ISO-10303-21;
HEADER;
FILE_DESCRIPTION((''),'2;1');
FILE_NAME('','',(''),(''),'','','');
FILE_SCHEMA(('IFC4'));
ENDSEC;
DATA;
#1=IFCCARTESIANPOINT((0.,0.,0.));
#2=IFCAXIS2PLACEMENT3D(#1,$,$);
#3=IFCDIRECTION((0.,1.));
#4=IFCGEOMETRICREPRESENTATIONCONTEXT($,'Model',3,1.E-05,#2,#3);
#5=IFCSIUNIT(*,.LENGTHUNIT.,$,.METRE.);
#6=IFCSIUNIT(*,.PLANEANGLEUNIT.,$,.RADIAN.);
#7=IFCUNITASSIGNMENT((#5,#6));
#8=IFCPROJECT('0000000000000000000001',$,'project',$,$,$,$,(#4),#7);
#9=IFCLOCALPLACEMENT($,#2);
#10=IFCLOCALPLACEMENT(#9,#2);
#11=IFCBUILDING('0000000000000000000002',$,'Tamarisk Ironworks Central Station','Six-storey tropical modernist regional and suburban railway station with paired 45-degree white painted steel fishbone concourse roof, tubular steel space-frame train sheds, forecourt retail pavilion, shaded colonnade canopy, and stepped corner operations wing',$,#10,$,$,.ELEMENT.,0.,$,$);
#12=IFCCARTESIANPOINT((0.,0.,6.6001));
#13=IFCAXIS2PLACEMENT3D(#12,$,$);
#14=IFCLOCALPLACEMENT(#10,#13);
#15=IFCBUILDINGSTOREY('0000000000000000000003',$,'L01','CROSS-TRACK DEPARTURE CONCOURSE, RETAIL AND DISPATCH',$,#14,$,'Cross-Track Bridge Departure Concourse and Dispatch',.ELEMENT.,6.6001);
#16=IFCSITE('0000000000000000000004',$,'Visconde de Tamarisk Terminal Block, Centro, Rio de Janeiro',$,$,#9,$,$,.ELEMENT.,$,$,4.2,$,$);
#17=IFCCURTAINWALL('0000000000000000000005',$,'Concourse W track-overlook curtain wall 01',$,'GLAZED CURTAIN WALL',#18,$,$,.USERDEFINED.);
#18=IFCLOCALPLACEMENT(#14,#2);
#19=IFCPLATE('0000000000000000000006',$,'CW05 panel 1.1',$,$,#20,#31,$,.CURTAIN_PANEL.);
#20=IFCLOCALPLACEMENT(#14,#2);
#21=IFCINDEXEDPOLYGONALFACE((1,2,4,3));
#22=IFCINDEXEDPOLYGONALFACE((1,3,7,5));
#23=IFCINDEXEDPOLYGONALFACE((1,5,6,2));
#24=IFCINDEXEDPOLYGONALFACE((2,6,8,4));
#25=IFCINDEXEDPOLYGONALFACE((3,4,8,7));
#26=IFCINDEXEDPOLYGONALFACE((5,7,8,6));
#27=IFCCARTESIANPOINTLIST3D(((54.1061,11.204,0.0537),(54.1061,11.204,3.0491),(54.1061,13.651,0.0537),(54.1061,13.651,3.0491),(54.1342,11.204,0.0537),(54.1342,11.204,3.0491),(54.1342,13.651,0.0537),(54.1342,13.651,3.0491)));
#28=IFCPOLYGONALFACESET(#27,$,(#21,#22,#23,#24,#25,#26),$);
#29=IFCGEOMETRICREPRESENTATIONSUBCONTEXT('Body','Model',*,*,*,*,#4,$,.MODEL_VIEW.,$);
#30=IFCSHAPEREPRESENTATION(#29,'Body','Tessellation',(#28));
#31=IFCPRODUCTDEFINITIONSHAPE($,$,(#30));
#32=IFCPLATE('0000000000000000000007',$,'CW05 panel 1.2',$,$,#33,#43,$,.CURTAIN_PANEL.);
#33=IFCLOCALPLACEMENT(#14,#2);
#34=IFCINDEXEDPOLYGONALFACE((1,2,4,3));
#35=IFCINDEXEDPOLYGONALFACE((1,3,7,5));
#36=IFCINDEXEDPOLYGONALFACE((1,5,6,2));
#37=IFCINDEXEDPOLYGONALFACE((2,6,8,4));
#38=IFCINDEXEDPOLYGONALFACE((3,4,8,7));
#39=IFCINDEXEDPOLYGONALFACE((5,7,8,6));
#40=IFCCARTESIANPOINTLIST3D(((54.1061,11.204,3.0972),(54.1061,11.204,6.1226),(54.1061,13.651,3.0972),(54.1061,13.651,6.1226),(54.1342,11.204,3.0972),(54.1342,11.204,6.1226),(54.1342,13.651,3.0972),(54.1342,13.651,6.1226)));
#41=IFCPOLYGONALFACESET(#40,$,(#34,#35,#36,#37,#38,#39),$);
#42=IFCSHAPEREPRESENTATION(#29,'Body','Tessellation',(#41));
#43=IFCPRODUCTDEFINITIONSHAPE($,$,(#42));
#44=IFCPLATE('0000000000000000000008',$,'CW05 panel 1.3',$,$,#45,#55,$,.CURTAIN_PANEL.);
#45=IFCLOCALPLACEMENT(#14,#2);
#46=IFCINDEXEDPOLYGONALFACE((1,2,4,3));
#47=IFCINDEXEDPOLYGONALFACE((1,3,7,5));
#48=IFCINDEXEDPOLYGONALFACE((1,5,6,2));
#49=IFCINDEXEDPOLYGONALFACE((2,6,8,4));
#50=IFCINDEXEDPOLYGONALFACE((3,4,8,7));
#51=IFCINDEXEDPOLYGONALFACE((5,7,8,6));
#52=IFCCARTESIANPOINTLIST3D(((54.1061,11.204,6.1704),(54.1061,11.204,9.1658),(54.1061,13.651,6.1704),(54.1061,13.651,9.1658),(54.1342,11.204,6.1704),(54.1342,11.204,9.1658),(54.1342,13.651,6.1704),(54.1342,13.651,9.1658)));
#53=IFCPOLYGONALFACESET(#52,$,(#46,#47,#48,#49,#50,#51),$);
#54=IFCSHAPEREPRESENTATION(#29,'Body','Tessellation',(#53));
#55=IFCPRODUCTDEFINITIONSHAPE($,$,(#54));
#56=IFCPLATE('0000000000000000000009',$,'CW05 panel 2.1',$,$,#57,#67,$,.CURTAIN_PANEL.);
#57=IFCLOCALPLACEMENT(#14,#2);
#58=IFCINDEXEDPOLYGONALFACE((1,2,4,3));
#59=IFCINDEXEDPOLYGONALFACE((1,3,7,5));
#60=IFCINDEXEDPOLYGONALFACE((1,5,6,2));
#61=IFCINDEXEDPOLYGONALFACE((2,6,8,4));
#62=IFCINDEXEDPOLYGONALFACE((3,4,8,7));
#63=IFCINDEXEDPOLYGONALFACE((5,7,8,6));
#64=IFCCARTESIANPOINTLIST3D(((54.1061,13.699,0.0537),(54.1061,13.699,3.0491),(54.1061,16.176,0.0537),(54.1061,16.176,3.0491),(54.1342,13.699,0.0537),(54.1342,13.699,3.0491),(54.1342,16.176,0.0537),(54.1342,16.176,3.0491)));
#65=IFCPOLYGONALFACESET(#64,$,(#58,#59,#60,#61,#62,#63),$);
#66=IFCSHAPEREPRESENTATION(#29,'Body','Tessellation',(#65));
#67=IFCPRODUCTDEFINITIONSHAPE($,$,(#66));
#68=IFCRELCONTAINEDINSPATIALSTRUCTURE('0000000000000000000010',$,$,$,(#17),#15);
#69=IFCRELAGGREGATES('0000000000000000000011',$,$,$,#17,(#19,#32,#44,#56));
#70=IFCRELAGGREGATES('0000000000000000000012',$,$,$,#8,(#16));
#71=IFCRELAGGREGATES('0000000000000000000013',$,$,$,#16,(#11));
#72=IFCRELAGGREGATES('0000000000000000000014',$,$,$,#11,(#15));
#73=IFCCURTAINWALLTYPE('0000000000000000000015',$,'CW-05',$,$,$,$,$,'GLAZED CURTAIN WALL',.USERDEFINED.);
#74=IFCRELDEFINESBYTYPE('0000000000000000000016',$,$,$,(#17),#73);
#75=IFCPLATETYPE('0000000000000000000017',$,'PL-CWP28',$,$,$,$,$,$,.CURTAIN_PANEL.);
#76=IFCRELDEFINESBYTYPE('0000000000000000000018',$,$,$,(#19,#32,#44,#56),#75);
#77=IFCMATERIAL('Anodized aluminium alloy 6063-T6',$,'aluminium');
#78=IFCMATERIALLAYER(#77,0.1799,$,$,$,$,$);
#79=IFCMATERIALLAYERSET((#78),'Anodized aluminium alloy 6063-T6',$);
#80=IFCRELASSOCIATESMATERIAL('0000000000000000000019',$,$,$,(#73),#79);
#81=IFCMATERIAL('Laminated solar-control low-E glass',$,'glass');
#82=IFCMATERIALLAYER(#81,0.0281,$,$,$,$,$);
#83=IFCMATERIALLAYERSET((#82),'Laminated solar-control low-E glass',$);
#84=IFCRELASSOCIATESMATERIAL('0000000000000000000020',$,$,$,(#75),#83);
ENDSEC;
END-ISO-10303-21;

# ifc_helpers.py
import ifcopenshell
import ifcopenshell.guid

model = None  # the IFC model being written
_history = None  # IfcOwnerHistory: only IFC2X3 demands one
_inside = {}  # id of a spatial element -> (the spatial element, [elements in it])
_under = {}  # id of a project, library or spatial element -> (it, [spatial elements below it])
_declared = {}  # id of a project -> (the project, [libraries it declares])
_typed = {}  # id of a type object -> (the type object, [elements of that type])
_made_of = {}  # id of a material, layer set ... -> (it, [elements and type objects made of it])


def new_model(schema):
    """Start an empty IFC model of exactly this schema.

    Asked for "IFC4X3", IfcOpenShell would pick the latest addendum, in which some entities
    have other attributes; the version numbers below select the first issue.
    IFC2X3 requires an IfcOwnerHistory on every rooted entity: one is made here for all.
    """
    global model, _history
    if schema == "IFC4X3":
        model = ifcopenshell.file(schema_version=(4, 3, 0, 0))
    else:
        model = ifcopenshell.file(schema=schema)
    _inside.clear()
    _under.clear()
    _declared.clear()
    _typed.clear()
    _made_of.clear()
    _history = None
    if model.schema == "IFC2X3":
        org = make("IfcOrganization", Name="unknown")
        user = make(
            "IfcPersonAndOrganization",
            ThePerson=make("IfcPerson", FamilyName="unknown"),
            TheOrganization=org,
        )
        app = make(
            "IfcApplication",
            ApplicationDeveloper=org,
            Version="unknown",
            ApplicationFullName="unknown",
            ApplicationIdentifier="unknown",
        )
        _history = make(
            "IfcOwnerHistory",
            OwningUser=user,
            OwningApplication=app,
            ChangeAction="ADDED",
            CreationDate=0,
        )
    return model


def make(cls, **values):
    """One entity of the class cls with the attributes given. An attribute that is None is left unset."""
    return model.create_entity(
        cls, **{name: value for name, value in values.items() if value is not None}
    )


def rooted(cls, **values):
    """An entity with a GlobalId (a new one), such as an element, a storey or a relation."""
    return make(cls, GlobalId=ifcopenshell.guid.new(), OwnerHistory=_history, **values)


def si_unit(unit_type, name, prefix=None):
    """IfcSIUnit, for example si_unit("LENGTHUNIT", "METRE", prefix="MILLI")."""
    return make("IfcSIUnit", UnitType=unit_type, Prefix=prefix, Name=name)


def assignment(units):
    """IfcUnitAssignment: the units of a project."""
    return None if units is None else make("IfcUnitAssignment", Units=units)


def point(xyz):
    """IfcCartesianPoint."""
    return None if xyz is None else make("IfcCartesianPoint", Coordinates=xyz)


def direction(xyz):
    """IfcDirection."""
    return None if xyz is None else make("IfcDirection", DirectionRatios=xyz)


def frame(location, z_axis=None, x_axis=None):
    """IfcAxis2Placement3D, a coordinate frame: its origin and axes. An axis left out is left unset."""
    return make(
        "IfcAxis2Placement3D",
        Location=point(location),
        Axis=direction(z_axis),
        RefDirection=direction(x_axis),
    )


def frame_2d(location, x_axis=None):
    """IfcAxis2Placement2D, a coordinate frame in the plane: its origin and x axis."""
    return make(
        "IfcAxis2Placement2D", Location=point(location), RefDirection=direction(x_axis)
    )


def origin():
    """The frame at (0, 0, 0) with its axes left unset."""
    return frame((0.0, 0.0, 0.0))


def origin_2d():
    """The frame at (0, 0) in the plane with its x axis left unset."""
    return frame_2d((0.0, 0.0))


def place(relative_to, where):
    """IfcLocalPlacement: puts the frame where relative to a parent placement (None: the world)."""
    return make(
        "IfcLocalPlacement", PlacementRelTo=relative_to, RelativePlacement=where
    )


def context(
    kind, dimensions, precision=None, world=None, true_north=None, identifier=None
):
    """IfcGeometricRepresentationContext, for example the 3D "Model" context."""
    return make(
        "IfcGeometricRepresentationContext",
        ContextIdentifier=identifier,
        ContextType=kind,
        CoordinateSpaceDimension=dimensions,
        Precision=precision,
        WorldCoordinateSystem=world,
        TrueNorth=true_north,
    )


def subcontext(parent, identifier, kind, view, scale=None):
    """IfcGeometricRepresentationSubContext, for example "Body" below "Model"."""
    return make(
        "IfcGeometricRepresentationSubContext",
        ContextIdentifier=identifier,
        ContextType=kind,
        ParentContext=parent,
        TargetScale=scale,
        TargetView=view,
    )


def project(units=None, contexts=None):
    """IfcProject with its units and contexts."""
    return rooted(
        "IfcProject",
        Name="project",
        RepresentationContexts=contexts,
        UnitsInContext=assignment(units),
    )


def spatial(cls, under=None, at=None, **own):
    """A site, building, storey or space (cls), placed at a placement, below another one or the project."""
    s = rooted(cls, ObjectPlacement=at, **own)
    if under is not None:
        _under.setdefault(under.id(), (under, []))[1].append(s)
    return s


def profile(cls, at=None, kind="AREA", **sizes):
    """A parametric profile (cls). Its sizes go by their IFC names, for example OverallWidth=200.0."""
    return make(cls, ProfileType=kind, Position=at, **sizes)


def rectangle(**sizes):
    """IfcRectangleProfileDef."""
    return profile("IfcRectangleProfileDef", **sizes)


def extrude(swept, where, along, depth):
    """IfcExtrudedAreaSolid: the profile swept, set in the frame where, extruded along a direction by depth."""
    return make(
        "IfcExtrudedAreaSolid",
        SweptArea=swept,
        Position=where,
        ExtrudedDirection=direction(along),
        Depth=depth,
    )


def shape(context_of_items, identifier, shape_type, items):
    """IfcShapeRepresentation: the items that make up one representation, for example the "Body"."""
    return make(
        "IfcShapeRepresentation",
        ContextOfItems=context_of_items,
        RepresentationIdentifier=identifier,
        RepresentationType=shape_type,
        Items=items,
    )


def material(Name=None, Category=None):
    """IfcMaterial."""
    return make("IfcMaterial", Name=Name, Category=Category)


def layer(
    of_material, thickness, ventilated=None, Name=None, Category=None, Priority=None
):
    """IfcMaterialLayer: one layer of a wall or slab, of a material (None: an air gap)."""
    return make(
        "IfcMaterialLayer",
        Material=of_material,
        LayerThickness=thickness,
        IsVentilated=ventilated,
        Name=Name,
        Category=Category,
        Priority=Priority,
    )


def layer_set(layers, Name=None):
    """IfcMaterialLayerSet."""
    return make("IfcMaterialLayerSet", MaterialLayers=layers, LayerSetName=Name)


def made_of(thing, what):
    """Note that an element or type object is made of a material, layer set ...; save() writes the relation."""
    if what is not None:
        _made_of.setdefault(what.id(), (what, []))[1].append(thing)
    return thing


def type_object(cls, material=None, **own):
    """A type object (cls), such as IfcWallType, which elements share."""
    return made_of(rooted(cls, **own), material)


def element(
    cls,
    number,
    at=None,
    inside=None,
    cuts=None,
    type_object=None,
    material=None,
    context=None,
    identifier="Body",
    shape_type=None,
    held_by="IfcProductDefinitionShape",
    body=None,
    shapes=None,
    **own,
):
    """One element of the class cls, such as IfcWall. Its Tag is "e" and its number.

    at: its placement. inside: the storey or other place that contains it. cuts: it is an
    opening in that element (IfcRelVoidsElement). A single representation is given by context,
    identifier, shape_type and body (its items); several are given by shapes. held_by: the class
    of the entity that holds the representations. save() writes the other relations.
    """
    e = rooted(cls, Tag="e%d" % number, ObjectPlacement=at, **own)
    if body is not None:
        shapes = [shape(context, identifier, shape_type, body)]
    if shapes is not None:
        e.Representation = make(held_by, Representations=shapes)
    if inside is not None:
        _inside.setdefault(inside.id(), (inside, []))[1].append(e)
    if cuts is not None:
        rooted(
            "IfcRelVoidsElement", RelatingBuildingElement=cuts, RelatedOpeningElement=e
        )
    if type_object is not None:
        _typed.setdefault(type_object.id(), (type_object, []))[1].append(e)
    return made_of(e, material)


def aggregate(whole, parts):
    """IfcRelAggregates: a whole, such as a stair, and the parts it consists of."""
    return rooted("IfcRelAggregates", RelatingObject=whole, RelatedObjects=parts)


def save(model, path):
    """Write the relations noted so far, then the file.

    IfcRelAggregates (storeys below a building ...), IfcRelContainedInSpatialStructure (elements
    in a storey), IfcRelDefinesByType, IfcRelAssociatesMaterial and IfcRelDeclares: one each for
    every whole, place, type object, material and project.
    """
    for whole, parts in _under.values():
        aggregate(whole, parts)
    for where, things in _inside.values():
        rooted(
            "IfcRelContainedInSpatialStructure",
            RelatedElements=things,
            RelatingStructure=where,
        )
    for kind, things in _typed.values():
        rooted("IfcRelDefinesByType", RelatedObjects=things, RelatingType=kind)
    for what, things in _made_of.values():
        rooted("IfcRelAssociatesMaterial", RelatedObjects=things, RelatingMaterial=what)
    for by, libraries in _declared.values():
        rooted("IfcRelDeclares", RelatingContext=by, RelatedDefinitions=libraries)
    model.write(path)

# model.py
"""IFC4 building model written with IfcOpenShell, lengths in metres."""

from ifc_helpers import new_model, si_unit, direction, frame, origin, origin_2d, place, context, subcontext, project, spatial, rectangle, extrude, material, layer, layer_set, type_object, element, aggregate, save


model = new_model("IFC4")

# Units and contexts
model_context = context("Model", 3, precision=1e-05, world=origin(), true_north=direction((0.0, 1.0)))
body_context = subcontext(model_context, "Body", "Model", "MODEL_VIEW")
ifc_project = project(units=[si_unit("LENGTHUNIT", "METRE"), si_unit("PLANEANGLEUNIT", "RADIAN")], contexts=[model_context])

# Site, building, storey
site_placement = place(None, origin())
site = spatial("IfcSite", under=ifc_project, at=site_placement, Name="Visconde de Tamarisk Terminal Block, Centro, Rio de Janeiro", CompositionType="ELEMENT", RefElevation=4.2)
building_placement = place(site_placement, origin())
building = spatial("IfcBuilding", under=site, at=building_placement, Name="Tamarisk Ironworks Central Station", Description="Six-storey tropical modernist regional and suburban railway station with paired 45-degree white painted steel fishbone concourse roof, tubular steel space-frame train sheds, forecourt retail pavilion, shaded colonnade canopy, and stepped corner operations wing", CompositionType="ELEMENT", ElevationOfRefHeight=0.0)
storey_placement = place(building_placement, frame((0.0, 0.0, 6.6001)))
storey = spatial("IfcBuildingStorey", under=building, at=storey_placement, Name="L01", Description="CROSS-TRACK DEPARTURE CONCOURSE, RETAIL AND DISPATCH", LongName="Cross-Track Bridge Departure Concourse and Dispatch", CompositionType="ELEMENT", Elevation=6.6001)

# Shared definitions
ifc_material_1 = material(Name="Anodized aluminium alloy 6063-T6", Category="aluminium")

# Curtain wall
ifc_layer_1 = layer(ifc_material_1, 0.1799)
ifc_layer_set_1 = layer_set([ifc_layer_1], Name="Anodized aluminium alloy 6063-T6")
curtain_wall_type_1 = type_object("IfcCurtainWallType", Name="CW-05", ElementType="GLAZED CURTAIN WALL", PredefinedType="USERDEFINED", material=ifc_layer_set_1)
curtain_wall_1_placement = place(storey_placement, origin())
curtain_wall_1 = element("IfcCurtainWall", 1, at=curtain_wall_1_placement, inside=storey, type_object=curtain_wall_type_1, Name="Concourse W track-overlook curtain wall 01", ObjectType="GLAZED CURTAIN WALL", PredefinedType="USERDEFINED")

# Plates
ifc_material_2 = material(Name="Laminated solar-control low-E glass", Category="glass")
ifc_layer_2 = layer(ifc_material_2, 0.0281)
ifc_layer_set_2 = layer_set([ifc_layer_2], Name="Laminated solar-control low-E glass")
plate_type = type_object("IfcPlateType", Name="PL-CWP28", PredefinedType="CURTAIN_PANEL", material=ifc_layer_set_2)
plate_1_placement = place(storey_placement, frame((54.1201, 12.4275, 0.0537), z_axis=(0.0, 0.0, 1.0), x_axis=(0.0, 1.0, 0.0)))
plate_1 = element("IfcPlate", 2, at=plate_1_placement, type_object=plate_type, Name="CW05 panel 1.1", PredefinedType="CURTAIN_PANEL", context=body_context, shape_type="SweptSolid", body=[
    extrude(rectangle(XDim=2.447, YDim=0.0281, at=origin_2d()), origin(), (0.0, 0.0, 1.0), 2.9954),
])
plate_2_placement = place(storey_placement, frame((54.1201, 12.4275, 3.0972), z_axis=(0.0, 0.0, 1.0), x_axis=(0.0, 1.0, 0.0)))
plate_2 = element("IfcPlate", 3, at=plate_2_placement, type_object=plate_type, Name="CW05 panel 1.2", PredefinedType="CURTAIN_PANEL", context=body_context, shape_type="SweptSolid", body=[
    extrude(rectangle(XDim=2.447, YDim=0.0281, at=origin_2d()), origin(), (0.0, 0.0, 1.0), 3.0254),
])
plate_3_placement = place(storey_placement, frame((54.1201, 12.4275, 6.1704), z_axis=(0.0, 0.0, 1.0), x_axis=(0.0, 1.0, 0.0)))
plate_3 = element("IfcPlate", 4, at=plate_3_placement, type_object=plate_type, Name="CW05 panel 1.3", PredefinedType="CURTAIN_PANEL", context=body_context, shape_type="SweptSolid", body=[
    extrude(rectangle(XDim=2.447, YDim=0.0281, at=origin_2d()), origin(), (0.0, 0.0, 1.0), 2.9954),
])
plate_4_placement = place(storey_placement, frame((54.1201, 14.9375, 0.0537), z_axis=(0.0, 0.0, 1.0), x_axis=(0.0, 1.0, 0.0)))
plate_4 = element("IfcPlate", 5, at=plate_4_placement, type_object=plate_type, Name="CW05 panel 2.1", PredefinedType="CURTAIN_PANEL", context=body_context, shape_type="SweptSolid", body=[
    extrude(rectangle(XDim=2.4771, YDim=0.0281, at=origin_2d()), origin(), (0.0, 0.0, 1.0), 2.9954),
])
aggregate(curtain_wall_1, [plate_1, plate_2, plate_3, plate_4])

save(model, "model.ifc")
